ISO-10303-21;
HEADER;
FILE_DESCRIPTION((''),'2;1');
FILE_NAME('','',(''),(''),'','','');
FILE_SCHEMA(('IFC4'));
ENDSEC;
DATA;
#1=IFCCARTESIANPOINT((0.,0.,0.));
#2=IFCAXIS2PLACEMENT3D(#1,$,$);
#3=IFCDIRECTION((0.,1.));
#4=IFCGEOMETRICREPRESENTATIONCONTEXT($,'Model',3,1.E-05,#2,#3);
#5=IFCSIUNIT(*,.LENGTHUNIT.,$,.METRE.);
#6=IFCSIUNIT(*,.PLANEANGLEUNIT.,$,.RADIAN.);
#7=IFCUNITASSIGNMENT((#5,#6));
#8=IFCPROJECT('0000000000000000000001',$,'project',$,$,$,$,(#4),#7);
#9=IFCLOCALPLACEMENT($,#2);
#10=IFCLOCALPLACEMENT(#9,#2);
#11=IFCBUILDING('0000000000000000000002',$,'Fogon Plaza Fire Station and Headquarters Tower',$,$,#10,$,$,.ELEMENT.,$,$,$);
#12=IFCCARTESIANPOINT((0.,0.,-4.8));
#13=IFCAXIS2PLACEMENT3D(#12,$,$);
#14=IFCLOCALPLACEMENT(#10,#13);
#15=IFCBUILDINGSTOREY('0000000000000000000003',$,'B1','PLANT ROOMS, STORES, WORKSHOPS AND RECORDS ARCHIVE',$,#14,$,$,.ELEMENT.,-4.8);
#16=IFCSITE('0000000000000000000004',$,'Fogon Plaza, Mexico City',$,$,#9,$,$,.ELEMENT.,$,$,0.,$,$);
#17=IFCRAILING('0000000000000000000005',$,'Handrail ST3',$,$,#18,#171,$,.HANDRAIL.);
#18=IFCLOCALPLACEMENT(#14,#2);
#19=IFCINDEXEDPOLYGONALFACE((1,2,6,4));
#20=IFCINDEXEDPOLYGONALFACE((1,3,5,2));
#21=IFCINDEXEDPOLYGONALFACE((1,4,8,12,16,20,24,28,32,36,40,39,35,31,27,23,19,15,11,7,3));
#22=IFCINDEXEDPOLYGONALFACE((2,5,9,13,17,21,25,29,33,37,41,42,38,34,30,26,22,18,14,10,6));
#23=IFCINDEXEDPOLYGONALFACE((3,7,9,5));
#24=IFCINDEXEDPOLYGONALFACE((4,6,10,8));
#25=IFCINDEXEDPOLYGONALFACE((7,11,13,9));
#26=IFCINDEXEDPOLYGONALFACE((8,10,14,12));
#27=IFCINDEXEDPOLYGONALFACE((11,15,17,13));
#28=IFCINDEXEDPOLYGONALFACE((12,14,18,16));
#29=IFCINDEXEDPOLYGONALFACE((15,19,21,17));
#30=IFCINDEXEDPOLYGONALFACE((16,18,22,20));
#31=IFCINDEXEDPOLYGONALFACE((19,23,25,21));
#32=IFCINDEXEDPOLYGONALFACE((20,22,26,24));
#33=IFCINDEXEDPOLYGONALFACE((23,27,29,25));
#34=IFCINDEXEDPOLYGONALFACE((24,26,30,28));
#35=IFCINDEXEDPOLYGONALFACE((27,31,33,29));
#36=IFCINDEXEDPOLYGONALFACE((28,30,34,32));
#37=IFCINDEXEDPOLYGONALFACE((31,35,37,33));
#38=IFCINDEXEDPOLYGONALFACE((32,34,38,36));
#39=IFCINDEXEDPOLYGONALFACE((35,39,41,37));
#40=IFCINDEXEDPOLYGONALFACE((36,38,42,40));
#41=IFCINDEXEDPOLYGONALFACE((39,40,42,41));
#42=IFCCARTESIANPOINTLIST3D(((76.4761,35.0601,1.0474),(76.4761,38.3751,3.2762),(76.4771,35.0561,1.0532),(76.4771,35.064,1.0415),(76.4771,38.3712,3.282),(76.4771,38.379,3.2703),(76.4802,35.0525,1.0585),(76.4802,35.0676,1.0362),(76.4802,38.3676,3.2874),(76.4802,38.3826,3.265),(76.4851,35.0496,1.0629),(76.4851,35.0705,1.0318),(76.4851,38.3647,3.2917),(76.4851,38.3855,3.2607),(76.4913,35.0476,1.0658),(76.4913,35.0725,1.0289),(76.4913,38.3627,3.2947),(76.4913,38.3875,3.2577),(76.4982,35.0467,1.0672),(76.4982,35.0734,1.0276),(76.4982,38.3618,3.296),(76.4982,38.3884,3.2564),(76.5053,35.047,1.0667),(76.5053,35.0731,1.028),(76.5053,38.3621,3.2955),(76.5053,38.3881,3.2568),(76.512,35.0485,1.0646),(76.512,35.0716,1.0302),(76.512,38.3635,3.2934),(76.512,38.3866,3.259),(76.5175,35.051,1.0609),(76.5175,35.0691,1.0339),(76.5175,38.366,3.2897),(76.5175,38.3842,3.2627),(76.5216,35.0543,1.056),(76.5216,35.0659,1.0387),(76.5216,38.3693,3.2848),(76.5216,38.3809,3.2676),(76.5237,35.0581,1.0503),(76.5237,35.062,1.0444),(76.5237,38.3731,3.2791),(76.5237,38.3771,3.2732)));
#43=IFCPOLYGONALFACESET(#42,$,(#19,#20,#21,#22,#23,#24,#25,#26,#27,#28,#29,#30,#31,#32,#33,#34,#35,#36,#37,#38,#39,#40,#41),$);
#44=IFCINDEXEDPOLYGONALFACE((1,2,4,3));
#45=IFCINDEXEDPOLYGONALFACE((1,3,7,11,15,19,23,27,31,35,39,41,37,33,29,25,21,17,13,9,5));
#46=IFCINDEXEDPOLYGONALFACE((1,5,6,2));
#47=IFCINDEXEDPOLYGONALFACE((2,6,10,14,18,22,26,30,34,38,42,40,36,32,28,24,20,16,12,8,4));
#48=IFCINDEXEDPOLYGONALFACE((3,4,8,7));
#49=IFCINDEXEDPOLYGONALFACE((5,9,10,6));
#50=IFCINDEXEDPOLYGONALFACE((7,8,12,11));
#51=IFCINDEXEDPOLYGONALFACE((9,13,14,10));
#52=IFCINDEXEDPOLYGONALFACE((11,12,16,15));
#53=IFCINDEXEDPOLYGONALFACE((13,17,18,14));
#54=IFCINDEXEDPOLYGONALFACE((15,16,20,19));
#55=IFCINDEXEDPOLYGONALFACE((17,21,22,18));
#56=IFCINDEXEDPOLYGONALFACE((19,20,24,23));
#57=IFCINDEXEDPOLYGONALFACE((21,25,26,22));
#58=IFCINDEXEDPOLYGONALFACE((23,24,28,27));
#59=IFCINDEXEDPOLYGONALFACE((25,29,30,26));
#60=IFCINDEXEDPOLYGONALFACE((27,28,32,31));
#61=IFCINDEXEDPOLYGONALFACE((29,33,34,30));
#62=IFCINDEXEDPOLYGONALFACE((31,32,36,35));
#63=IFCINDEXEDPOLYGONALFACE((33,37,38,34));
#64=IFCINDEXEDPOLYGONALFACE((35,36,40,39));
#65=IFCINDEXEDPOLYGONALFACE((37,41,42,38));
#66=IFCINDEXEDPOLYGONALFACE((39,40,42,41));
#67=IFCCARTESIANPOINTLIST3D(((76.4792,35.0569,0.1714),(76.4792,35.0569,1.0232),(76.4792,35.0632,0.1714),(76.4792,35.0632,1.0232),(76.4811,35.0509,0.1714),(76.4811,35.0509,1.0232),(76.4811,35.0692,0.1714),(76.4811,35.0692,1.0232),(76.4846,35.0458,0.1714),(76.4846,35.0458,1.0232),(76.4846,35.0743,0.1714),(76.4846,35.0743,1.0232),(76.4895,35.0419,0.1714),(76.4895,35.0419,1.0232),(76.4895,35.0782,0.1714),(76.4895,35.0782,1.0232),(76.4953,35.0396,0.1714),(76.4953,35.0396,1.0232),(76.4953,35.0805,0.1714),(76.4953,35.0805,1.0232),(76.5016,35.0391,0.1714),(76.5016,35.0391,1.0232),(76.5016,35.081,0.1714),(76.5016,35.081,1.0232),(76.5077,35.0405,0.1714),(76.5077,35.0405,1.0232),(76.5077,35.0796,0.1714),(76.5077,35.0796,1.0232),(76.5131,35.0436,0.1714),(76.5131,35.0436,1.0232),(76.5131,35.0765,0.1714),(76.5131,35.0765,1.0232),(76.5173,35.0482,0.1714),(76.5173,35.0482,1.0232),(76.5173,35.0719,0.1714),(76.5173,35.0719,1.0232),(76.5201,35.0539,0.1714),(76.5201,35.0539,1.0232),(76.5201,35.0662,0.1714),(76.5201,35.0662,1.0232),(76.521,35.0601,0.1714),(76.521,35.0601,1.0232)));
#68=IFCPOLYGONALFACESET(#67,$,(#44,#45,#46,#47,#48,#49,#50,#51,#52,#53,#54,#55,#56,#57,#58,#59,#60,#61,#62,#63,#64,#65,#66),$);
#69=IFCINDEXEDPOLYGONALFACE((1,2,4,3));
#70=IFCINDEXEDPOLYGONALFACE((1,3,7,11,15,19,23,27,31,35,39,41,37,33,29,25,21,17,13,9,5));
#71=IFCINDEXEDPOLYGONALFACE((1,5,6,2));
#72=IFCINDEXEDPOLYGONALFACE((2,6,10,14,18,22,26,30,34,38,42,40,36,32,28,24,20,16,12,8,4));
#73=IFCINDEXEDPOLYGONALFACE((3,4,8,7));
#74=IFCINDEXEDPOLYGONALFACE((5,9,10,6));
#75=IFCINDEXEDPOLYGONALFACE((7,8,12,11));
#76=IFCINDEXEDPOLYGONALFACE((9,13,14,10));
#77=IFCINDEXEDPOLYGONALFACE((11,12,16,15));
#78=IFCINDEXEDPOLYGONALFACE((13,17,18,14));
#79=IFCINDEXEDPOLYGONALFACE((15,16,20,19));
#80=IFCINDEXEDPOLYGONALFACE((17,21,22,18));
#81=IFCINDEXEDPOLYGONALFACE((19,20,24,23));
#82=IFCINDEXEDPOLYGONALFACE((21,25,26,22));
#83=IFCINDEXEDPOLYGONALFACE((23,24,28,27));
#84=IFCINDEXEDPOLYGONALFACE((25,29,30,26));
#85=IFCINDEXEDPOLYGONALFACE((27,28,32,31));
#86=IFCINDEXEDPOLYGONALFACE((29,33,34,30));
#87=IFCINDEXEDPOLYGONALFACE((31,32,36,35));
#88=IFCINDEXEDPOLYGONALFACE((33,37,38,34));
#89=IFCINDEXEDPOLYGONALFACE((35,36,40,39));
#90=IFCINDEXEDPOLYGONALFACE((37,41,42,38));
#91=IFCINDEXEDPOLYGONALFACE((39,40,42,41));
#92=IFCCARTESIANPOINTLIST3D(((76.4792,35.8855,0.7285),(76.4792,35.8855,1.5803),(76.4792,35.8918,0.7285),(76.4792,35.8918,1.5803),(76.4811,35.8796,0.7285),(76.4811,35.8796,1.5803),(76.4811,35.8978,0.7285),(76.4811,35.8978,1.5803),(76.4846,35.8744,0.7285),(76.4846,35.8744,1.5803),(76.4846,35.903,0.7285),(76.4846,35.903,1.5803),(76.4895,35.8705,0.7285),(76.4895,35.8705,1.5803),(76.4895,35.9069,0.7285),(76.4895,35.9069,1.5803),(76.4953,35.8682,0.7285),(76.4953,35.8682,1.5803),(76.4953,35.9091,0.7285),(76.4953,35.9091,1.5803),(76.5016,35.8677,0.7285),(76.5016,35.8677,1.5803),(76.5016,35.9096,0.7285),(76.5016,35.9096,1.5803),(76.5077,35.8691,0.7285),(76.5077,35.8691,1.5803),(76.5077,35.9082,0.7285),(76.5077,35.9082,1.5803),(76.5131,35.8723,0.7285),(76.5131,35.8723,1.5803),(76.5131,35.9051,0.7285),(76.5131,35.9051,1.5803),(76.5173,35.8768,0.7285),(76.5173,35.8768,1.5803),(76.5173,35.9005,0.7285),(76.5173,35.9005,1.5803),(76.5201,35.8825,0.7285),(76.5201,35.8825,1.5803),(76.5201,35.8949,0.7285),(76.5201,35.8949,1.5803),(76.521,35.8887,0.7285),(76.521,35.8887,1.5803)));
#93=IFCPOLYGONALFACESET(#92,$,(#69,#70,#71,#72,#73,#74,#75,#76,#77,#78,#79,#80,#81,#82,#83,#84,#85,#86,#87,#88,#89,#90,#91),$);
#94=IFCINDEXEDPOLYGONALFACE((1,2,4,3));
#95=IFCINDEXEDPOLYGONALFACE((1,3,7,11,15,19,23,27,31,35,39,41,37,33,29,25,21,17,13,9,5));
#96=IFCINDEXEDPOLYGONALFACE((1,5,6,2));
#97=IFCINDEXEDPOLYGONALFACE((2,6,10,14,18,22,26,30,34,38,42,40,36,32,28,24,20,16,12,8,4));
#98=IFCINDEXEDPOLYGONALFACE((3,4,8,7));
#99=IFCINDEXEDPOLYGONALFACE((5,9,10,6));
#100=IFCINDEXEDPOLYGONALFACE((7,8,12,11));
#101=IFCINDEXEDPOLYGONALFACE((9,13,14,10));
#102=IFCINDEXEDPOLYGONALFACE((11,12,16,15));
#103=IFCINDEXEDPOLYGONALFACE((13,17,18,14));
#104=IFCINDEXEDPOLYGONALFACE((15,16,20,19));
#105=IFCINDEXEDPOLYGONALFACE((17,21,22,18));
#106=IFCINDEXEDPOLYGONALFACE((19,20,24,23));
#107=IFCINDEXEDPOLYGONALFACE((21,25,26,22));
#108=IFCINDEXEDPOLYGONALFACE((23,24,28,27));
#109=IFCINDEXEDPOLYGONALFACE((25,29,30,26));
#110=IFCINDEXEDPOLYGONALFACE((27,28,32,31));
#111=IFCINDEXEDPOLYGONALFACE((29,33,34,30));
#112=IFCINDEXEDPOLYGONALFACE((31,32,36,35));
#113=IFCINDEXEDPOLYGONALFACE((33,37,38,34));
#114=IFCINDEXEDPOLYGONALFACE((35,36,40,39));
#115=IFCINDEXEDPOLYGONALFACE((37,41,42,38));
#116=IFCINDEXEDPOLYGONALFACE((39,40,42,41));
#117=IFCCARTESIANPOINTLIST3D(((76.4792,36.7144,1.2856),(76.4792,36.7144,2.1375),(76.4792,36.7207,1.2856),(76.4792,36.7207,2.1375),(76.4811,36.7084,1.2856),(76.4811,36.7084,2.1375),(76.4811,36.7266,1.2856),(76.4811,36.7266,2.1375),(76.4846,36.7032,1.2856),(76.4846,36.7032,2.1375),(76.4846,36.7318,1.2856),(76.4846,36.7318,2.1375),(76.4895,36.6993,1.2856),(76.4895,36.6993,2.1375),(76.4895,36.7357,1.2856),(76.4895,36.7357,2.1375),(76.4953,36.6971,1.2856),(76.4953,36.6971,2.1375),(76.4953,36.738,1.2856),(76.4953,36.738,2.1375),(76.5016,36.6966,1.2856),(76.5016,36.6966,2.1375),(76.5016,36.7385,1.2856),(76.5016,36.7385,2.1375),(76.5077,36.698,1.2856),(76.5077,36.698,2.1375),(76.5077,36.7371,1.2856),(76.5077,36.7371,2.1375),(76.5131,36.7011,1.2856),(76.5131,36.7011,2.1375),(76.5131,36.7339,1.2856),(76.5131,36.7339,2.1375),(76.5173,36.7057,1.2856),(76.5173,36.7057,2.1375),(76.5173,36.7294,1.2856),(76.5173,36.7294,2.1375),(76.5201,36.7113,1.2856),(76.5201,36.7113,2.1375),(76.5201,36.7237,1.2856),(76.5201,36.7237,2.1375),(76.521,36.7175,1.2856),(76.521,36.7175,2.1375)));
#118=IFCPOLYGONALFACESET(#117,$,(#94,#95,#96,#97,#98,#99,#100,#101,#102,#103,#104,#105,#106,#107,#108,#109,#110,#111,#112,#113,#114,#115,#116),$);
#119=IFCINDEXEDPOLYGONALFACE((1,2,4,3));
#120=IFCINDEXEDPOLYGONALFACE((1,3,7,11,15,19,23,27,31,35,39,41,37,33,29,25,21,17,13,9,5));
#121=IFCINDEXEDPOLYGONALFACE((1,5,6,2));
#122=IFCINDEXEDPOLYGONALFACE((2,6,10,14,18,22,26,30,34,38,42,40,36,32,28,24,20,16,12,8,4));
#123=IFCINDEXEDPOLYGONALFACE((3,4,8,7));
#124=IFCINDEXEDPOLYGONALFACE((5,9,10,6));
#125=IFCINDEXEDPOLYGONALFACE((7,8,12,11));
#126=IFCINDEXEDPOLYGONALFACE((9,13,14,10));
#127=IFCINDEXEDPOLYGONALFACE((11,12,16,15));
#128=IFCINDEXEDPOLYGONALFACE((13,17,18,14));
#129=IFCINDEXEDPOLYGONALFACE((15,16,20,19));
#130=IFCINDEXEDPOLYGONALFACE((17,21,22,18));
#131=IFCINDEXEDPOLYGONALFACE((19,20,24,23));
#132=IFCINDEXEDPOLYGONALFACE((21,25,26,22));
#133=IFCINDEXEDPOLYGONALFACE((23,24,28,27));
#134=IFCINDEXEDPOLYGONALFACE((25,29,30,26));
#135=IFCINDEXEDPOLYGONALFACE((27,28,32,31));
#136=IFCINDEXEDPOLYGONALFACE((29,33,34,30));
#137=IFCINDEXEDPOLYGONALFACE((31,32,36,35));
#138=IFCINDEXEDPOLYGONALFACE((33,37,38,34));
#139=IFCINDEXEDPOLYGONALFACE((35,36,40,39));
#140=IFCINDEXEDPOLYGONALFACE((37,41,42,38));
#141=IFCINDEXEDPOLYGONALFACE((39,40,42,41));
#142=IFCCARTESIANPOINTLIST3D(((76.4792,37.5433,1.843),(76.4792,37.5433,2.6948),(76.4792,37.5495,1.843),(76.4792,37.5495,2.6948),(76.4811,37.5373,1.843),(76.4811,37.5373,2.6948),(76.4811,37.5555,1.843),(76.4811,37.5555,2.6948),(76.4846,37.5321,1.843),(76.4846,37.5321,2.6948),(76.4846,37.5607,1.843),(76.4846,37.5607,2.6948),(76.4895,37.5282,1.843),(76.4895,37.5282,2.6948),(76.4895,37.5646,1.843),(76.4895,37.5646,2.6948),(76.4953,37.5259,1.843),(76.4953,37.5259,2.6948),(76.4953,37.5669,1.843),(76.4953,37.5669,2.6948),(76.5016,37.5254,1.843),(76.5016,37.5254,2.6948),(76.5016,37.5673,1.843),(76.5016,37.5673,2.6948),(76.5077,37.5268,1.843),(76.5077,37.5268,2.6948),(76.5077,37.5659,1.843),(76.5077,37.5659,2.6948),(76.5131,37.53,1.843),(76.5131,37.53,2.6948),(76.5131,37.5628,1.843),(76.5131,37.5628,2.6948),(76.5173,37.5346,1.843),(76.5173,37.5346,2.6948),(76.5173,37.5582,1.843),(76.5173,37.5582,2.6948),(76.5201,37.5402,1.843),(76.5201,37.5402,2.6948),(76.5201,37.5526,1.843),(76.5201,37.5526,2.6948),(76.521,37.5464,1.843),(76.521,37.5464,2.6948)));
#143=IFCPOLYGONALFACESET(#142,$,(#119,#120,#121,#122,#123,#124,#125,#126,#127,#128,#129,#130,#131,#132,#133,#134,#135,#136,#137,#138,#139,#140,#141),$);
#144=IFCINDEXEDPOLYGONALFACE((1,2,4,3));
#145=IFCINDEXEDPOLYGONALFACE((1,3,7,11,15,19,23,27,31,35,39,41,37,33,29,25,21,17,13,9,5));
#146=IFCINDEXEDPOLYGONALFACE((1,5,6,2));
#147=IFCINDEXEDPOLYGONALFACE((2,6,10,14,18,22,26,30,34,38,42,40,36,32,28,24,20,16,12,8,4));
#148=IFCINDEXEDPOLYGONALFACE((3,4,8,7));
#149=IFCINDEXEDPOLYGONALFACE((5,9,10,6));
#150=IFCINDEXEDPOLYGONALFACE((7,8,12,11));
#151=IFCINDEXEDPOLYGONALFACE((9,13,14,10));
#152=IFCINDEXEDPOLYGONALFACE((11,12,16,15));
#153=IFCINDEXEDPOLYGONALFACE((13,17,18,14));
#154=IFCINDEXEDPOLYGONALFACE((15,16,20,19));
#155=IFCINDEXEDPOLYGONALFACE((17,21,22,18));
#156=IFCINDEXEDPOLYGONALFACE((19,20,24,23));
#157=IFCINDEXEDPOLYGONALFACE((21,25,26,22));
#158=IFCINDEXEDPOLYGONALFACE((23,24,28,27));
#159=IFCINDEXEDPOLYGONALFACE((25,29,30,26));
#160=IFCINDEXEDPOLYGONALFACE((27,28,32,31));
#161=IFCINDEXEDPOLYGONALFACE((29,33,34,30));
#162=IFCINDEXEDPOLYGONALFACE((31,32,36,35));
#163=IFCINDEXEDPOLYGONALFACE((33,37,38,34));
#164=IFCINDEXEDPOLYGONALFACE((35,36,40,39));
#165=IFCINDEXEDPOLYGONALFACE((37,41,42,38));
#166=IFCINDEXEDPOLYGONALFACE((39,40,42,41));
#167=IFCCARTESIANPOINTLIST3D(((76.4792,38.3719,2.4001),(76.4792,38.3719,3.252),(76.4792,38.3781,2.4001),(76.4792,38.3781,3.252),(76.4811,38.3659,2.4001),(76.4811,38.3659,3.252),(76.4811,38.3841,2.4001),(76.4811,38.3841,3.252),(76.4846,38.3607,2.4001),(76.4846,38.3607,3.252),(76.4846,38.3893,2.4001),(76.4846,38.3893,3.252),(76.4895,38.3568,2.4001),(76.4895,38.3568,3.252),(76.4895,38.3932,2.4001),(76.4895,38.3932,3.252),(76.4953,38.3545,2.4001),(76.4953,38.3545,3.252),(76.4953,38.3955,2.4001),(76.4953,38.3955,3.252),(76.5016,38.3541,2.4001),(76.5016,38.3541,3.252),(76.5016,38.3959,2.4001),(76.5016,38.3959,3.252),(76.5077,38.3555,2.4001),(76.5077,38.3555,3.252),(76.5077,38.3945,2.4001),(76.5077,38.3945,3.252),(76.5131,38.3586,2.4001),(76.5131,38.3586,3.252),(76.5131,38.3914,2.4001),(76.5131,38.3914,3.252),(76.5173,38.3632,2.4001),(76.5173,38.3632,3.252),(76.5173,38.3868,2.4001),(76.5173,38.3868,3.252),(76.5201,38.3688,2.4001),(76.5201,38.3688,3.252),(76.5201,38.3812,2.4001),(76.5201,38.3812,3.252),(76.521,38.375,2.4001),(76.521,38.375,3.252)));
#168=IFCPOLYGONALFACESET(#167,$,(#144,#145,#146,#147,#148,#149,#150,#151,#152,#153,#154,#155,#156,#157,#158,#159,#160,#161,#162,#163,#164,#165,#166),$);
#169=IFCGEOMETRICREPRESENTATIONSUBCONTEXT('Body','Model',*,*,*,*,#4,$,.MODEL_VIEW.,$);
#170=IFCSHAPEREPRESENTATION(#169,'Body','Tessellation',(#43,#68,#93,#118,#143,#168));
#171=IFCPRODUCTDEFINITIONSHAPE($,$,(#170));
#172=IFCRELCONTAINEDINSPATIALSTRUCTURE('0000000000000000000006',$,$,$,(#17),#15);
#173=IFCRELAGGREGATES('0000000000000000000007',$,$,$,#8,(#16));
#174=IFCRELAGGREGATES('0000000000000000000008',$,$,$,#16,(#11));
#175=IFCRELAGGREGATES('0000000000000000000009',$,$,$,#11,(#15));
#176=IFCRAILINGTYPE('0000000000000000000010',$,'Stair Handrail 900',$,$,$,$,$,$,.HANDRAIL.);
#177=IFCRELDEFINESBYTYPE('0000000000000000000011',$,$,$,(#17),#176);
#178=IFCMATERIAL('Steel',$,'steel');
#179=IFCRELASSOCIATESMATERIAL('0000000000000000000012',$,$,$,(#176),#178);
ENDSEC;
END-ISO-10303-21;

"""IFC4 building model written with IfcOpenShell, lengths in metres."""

from ifc_helpers import new_model, si_unit, direction, frame, origin, origin_2d, place, context, subcontext, project, spatial, circle, extrude, material, type_object, element, save


model = new_model("IFC4")

# Units and contexts
model_context = context("Model", 3, precision=1e-05, world=origin(), true_north=direction((0.0, 1.0)))
body_context = subcontext(model_context, "Body", "Model", "MODEL_VIEW")
ifc_project = project(units=[si_unit("LENGTHUNIT", "METRE"), si_unit("PLANEANGLEUNIT", "RADIAN")], contexts=[model_context])

# Site, building, storey
site_placement = place(None, origin())
site = spatial("IfcSite", under=ifc_project, at=site_placement, Name="Fogon Plaza, Mexico City", CompositionType="ELEMENT", RefElevation=0.0)
building_placement = place(site_placement, origin())
building = spatial("IfcBuilding", under=site, at=building_placement, Name="Fogon Plaza Fire Station and Headquarters Tower", CompositionType="ELEMENT")
storey_placement = place(building_placement, frame((0.0, 0.0, -4.8)))
storey = spatial("IfcBuildingStorey", under=building, at=storey_placement, Name="B1", Description="PLANT ROOMS, STORES, WORKSHOPS AND RECORDS ARCHIVE", CompositionType="ELEMENT", Elevation=-4.8)

# Railing
ifc_material_1 = material(Name="Steel", Category="steel")
railing_type = type_object("IfcRailingType", Name="Stair Handrail 900", PredefinedType="HANDRAIL", material=ifc_material_1)
railing_placement = place(storey_placement, frame((76.5, 35.0601, 0.1714)))
element("IfcRailing", 1, at=railing_placement, inside=storey, type_object=railing_type, Name="Handrail ST3", PredefinedType="HANDRAIL", context=body_context, shape_type="SweptSolid", body=[
    extrude(circle(Radius=0.0239, at=origin_2d()), frame((0.0, 0.0, 0.876), z_axis=(0.0, 0.829872, 0.557954), x_axis=(-1.0, 0.0, 0.0)), (0.0, 0.0, 1.0), 3.9946),
    extrude(circle(Radius=0.021, at=origin_2d()), origin(), (0.0, 0.0, 1.0), 0.8518),
    extrude(circle(Radius=0.021, at=origin_2d()), frame((0.0, 0.8286, 0.5571)), (0.0, 0.0, 1.0), 0.8518),
    extrude(circle(Radius=0.021, at=origin_2d()), frame((0.0, 1.6575, 1.1143)), (0.0, 0.0, 1.0), 0.8518),
    extrude(circle(Radius=0.021, at=origin_2d()), frame((0.0, 2.4863, 1.6716)), (0.0, 0.0, 1.0), 0.8518),
    extrude(circle(Radius=0.021, at=origin_2d()), frame((0.0, 3.3149, 2.2288)), (0.0, 0.0, 1.0), 0.8518),
])

save(model, "model.ifc")
